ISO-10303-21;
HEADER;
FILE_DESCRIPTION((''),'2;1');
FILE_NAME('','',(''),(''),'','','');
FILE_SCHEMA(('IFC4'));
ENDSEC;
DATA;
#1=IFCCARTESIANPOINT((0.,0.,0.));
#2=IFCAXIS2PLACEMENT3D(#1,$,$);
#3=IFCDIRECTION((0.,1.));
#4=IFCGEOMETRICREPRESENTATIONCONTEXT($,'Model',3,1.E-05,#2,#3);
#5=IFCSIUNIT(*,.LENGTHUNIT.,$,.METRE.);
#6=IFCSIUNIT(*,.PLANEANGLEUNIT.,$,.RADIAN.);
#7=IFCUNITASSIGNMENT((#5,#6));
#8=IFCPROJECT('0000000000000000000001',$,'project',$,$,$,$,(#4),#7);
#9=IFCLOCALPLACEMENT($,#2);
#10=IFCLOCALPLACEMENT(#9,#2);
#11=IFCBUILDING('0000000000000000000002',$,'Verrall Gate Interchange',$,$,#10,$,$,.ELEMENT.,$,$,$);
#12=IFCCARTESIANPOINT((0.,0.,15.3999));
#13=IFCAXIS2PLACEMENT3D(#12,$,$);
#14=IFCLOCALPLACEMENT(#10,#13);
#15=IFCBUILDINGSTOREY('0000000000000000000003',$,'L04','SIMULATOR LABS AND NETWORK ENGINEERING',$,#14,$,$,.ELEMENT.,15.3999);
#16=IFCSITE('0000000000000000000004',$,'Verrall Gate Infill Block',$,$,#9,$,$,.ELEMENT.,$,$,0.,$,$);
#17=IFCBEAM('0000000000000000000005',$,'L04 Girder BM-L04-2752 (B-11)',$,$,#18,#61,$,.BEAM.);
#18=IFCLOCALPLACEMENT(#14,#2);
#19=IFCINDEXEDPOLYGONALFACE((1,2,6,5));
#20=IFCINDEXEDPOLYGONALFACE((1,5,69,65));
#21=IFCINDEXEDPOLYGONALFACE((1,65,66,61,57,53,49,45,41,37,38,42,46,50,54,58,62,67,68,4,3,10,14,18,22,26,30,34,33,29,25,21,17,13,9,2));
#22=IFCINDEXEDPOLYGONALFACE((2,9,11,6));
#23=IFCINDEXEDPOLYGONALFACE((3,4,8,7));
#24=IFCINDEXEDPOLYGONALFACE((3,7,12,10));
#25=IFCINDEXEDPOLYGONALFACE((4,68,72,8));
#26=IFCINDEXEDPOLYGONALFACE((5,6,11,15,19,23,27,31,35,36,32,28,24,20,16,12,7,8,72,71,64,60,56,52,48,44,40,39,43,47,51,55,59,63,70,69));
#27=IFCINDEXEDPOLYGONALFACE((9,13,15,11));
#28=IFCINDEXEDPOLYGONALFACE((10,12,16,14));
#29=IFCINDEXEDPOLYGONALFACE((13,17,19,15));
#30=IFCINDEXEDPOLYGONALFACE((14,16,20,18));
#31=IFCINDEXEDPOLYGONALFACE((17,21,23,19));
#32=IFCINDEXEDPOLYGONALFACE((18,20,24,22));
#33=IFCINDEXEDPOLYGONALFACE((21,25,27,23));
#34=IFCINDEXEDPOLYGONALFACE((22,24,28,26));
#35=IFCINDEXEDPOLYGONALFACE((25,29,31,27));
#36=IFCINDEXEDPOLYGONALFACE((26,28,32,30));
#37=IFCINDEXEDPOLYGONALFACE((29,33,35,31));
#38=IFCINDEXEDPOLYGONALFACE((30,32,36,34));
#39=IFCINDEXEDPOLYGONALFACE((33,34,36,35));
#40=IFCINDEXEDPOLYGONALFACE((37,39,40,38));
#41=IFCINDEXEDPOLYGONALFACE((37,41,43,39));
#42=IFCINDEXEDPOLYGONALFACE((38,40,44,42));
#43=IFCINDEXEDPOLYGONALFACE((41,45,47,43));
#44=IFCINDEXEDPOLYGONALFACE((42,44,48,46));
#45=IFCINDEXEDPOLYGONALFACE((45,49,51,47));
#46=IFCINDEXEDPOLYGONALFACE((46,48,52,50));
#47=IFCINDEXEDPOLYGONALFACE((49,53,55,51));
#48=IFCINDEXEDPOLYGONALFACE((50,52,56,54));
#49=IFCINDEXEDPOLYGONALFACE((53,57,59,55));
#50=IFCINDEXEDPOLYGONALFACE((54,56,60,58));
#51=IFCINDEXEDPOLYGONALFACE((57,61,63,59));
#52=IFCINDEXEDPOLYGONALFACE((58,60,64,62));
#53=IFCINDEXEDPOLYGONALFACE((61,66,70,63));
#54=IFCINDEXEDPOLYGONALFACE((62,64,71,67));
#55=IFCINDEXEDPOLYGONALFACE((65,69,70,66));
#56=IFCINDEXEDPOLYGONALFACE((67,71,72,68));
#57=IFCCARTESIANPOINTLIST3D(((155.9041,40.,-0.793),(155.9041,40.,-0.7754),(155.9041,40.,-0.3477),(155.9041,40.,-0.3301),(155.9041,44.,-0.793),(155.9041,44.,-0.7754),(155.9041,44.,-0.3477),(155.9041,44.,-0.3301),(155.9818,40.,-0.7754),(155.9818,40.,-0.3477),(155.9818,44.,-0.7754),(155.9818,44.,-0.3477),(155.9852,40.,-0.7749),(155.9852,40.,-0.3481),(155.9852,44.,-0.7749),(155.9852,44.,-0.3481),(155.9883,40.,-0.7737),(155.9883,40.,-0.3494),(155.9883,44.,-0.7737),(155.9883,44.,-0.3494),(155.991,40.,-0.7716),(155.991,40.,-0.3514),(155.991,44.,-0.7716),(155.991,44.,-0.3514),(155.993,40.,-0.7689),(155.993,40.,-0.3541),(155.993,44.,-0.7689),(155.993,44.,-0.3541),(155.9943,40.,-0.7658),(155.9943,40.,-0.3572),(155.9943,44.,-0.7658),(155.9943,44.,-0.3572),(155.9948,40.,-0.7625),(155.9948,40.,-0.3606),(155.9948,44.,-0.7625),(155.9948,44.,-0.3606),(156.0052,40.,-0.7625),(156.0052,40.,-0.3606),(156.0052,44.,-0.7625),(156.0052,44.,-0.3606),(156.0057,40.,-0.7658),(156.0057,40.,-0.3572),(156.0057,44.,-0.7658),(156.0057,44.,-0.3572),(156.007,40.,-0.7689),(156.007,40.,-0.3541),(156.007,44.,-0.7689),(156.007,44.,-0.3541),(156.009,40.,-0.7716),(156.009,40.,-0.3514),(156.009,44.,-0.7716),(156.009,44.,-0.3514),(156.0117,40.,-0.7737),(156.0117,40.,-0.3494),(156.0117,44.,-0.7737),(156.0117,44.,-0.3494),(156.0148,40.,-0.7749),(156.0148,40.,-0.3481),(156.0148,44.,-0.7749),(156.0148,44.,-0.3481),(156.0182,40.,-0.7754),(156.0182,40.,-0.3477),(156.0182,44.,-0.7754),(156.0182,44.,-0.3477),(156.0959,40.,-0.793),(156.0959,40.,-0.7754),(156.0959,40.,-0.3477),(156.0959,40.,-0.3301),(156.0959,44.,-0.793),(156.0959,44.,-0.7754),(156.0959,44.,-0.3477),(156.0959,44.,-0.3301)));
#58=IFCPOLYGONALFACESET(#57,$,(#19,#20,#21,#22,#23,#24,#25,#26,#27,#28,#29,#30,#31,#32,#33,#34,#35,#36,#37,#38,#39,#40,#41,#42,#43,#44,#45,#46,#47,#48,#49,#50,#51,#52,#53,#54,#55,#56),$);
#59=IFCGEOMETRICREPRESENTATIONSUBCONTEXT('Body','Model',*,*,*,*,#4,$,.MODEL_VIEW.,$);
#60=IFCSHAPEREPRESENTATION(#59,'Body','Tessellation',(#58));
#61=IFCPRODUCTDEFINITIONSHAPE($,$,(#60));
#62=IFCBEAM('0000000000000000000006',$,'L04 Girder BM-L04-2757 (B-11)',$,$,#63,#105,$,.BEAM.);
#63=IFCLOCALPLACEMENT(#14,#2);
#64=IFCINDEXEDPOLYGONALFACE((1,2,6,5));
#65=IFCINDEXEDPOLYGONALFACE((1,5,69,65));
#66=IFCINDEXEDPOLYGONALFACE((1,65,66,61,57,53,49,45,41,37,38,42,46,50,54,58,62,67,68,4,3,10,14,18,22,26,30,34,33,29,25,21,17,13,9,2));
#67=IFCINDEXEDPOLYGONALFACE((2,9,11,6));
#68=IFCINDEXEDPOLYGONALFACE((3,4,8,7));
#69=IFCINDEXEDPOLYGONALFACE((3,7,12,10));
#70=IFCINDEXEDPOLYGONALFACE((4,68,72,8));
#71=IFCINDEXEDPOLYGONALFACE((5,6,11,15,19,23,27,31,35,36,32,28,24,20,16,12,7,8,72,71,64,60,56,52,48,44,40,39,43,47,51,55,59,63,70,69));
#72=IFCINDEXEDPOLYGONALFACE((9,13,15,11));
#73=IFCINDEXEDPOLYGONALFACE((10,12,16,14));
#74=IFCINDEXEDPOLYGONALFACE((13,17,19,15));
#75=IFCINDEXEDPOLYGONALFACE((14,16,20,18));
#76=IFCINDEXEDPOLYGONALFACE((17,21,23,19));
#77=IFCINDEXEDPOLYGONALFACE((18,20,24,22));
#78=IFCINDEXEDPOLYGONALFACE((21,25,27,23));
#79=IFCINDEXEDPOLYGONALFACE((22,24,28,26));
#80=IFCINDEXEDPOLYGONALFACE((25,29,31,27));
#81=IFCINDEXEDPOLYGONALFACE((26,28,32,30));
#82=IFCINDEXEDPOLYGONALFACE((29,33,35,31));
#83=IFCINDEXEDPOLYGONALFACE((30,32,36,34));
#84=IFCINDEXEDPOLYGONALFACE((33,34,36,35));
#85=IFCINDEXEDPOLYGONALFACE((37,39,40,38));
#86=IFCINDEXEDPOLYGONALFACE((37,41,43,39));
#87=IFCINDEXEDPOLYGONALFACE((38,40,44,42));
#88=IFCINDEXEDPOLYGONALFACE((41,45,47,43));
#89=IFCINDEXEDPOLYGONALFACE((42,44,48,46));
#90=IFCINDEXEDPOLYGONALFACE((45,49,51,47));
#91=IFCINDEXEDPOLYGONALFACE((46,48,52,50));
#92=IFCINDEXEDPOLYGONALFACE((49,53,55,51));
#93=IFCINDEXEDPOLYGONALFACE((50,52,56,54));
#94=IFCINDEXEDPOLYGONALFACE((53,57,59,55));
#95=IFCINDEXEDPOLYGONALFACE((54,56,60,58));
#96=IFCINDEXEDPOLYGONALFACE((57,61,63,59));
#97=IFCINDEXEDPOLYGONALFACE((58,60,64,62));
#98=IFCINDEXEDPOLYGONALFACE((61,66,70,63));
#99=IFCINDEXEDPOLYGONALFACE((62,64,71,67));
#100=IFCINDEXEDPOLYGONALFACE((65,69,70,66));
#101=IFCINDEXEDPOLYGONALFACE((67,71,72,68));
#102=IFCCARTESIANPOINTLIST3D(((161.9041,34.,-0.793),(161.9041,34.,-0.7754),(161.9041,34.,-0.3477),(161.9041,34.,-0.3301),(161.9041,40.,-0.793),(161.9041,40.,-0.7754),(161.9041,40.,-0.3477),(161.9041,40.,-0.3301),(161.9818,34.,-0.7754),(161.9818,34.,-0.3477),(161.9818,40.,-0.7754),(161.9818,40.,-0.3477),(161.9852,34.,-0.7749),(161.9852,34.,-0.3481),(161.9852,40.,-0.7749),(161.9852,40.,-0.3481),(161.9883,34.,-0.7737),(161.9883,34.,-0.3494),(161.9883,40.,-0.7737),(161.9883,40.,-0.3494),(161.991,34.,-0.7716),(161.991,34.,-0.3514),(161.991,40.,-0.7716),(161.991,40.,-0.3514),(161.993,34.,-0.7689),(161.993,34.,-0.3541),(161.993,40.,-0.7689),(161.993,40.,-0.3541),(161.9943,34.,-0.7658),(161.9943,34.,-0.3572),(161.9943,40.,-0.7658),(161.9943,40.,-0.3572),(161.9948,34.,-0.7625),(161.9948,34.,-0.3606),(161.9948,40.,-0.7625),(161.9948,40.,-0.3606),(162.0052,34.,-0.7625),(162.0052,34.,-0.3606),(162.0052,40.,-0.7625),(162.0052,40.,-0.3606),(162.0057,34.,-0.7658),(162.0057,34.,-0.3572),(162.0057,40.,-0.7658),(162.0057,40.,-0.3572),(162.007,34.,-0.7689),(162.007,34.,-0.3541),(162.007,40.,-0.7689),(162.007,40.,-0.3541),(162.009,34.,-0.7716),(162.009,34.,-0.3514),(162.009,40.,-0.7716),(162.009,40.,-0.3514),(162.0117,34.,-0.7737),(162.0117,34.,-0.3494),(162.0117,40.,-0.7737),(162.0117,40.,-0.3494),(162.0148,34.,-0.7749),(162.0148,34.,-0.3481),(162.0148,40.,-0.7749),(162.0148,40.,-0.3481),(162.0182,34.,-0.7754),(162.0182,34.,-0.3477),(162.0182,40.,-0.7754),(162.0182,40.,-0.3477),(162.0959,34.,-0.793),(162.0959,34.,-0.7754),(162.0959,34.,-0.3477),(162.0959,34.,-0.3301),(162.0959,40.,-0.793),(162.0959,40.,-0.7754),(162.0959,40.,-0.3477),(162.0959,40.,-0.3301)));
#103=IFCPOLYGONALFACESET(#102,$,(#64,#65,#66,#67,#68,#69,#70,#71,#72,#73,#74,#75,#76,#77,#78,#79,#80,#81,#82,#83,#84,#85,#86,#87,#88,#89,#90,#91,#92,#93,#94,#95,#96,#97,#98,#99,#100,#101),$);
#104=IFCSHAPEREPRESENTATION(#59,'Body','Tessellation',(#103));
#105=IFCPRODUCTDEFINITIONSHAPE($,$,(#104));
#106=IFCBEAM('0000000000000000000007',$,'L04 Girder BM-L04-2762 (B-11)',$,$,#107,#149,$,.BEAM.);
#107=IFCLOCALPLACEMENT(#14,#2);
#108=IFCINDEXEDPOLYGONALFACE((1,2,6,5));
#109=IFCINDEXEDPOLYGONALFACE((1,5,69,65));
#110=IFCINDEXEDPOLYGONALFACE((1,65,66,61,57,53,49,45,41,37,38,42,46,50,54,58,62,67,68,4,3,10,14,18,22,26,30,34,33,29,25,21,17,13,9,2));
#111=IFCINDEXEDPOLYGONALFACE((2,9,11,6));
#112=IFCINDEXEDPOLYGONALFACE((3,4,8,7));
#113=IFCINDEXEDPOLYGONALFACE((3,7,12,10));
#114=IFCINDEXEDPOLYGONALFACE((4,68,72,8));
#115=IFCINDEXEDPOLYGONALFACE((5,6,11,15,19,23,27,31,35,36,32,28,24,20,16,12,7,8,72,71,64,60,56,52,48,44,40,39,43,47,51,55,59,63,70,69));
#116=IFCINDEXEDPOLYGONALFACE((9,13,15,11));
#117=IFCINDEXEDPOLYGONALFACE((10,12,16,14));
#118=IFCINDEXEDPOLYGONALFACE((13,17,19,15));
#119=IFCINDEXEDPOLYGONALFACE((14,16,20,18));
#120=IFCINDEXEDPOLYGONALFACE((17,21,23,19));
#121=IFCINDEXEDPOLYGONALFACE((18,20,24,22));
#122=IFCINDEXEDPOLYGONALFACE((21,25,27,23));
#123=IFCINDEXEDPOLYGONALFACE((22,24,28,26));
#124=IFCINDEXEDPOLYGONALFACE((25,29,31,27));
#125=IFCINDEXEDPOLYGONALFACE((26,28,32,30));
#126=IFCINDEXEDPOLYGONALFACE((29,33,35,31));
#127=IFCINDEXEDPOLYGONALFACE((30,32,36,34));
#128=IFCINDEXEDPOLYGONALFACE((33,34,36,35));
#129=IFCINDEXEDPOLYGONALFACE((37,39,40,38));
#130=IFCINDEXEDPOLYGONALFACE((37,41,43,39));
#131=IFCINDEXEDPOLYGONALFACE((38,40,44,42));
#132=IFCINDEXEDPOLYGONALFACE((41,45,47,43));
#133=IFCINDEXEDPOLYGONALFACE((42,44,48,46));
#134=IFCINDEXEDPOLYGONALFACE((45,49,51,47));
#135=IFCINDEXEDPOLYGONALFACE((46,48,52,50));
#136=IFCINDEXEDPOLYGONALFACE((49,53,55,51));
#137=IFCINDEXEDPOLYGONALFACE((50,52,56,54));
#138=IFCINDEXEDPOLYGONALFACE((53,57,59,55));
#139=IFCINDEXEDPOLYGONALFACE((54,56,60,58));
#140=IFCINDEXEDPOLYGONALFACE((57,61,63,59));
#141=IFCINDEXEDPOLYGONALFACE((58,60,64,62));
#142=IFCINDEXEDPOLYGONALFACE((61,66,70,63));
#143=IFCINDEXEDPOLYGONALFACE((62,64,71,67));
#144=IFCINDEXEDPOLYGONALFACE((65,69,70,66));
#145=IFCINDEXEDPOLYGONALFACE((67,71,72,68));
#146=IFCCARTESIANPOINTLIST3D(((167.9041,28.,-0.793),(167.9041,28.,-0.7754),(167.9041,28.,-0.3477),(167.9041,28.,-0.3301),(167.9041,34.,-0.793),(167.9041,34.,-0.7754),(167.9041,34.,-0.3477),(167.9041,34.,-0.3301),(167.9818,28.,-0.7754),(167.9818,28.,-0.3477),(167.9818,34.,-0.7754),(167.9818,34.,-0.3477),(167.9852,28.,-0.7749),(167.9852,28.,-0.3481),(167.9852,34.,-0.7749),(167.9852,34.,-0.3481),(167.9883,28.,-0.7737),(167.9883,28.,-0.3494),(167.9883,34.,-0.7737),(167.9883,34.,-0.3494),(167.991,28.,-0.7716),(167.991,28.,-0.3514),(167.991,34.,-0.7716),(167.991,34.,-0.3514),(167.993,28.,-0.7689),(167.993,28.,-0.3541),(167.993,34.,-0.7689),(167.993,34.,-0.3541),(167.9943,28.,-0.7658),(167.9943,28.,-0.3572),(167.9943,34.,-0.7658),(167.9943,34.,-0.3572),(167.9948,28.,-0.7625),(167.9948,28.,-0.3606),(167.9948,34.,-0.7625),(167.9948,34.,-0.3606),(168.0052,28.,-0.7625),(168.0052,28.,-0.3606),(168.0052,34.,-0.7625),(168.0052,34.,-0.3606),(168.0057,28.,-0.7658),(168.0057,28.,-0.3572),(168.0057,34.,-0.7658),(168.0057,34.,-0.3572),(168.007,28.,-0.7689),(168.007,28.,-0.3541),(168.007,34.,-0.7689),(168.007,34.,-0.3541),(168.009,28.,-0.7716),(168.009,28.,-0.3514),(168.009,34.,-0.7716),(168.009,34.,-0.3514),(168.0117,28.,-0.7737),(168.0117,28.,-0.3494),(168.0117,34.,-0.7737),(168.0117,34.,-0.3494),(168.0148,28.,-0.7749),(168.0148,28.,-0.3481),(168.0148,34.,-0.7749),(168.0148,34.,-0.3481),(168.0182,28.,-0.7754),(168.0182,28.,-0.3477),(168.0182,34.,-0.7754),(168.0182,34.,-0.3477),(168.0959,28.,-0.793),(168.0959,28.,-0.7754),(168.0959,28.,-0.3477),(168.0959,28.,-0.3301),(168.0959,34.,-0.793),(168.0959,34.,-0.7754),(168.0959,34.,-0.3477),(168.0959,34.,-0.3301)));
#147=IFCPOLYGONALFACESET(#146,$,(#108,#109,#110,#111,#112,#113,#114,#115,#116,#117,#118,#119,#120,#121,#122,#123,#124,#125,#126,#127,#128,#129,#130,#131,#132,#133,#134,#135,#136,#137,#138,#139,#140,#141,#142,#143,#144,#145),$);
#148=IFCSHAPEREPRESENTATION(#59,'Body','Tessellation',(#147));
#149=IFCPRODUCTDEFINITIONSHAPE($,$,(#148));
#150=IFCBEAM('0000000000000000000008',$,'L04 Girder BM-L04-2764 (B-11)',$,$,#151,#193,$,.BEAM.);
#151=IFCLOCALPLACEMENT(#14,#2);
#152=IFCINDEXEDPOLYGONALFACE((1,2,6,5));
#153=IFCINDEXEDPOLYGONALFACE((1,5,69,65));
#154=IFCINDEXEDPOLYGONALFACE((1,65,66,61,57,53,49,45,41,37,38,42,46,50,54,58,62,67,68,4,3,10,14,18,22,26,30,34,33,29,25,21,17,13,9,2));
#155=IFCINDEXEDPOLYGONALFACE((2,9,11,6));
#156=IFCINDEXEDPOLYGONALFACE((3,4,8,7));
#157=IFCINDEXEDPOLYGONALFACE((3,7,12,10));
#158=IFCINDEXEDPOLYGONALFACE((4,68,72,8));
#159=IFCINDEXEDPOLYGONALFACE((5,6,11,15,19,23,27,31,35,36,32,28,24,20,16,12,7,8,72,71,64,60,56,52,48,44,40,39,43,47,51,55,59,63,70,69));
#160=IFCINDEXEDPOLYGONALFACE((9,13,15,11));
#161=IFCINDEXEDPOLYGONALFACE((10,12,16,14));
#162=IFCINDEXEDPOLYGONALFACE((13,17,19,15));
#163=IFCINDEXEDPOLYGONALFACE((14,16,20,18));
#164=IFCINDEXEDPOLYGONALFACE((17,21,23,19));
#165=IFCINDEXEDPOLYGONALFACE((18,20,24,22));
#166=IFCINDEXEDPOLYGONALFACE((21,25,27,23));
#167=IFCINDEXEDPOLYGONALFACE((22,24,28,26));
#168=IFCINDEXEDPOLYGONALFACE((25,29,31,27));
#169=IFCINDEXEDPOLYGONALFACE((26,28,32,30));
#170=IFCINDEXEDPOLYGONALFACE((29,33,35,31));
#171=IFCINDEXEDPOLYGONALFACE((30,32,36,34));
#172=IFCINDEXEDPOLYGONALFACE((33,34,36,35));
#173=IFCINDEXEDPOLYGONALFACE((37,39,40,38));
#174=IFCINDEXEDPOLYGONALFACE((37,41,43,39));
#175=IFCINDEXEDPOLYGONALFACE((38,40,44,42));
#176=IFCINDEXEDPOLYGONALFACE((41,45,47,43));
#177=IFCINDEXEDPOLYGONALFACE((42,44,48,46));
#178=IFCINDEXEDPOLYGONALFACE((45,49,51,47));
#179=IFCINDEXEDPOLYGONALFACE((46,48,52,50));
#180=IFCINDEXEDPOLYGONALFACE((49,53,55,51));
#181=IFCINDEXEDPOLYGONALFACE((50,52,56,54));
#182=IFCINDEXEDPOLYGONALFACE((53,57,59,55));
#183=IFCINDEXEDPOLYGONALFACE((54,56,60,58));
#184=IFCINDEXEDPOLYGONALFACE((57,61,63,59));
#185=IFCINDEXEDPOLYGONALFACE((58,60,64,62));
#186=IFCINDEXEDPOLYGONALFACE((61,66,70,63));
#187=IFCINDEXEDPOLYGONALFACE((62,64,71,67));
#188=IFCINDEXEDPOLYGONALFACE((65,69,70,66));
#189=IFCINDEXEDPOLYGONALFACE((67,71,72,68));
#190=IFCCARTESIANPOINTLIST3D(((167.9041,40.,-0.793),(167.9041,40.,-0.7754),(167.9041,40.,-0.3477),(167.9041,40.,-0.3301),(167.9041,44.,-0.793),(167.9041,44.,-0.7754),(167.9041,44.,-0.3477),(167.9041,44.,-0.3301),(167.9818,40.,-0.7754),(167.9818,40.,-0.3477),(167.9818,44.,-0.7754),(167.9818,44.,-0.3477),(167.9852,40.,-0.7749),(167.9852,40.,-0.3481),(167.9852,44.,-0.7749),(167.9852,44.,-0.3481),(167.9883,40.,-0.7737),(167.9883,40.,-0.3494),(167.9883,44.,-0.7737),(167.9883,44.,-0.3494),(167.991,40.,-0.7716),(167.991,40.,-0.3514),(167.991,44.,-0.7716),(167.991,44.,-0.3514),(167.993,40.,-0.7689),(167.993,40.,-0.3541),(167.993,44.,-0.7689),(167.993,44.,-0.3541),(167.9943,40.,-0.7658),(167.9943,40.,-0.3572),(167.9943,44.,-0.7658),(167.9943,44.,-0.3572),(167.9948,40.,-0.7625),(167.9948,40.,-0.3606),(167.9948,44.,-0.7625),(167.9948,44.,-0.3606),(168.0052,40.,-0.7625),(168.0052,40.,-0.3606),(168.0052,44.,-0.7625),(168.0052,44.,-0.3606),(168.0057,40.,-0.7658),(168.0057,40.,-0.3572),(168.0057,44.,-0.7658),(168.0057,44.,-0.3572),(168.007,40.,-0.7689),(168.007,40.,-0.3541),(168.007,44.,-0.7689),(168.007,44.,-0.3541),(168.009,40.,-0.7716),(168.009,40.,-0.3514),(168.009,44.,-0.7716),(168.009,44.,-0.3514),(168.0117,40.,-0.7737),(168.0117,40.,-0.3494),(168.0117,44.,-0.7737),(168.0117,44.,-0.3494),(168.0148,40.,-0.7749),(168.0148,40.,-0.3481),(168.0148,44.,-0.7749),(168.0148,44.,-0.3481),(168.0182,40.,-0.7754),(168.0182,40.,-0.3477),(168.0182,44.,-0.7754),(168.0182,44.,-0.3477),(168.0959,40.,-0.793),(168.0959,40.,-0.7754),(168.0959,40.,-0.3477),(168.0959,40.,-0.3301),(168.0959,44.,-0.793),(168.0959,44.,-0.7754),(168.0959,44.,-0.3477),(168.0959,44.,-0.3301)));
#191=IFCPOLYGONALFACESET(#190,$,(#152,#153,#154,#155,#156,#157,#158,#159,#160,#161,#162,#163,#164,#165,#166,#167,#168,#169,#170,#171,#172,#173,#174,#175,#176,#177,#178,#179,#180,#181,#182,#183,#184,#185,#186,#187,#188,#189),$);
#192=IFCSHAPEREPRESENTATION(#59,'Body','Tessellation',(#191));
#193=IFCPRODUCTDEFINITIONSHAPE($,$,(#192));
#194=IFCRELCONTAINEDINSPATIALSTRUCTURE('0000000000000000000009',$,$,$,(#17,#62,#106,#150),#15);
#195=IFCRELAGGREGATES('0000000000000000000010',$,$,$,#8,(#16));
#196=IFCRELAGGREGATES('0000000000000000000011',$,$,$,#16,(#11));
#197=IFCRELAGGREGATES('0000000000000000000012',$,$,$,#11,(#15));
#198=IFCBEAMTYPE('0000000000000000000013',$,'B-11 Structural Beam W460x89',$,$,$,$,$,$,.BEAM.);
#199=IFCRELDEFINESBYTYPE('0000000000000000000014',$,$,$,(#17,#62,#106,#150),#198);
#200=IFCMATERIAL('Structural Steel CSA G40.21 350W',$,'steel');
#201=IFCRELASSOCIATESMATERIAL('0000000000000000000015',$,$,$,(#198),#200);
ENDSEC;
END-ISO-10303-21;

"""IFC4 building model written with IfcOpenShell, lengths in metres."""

from ifc_helpers import new_model, si_unit, direction, frame, origin, origin_2d, place, context, subcontext, project, spatial, i_section, extrude, material, material_profile, profile_set, type_object, element, save


model = new_model("IFC4")

# Units and contexts
model_context = context("Model", 3, precision=1e-05, world=origin(), true_north=direction((0.0, 1.0)))
body_context = subcontext(model_context, "Body", "Model", "MODEL_VIEW")
ifc_project = project(units=[si_unit("LENGTHUNIT", "METRE"), si_unit("PLANEANGLEUNIT", "RADIAN")], contexts=[model_context])

# Site, building, storey
site_placement = place(None, origin())
site = spatial("IfcSite", under=ifc_project, at=site_placement, Name="Verrall Gate Infill Block", CompositionType="ELEMENT", RefElevation=0.0)
building_placement = place(site_placement, origin())
building = spatial("IfcBuilding", under=site, at=building_placement, Name="Verrall Gate Interchange", CompositionType="ELEMENT")
storey_placement = place(building_placement, frame((0.0, 0.0, 15.3999)))
storey = spatial("IfcBuildingStorey", under=building, at=storey_placement, Name="L04", Description="SIMULATOR LABS AND NETWORK ENGINEERING", CompositionType="ELEMENT", Elevation=15.3999)

# Beams
ifc_material_1 = material(Name="Structural Steel CSA G40.21 350W", Category="steel")
ifc_material_profile_1 = material_profile(ifc_material_1, i_section(OverallWidth=0.1919, OverallDepth=0.4629, WebThickness=0.0105, FlangeThickness=0.0176, FilletRadius=0.0129, at=origin_2d()), Name="W460x89")
ifc_profile_set_1 = profile_set([ifc_material_profile_1], Name="Structural Steel CSA G40.21 350W")
beam_type_1 = type_object("IfcBeamType", Name="B-11 Structural Beam W460x89", PredefinedType="BEAM", material=ifc_profile_set_1)
beam_1_placement = place(storey_placement, frame((156.0, 40.0, -0.5615), z_axis=(0.0, 1.0, 0.0), x_axis=(-1.0, 0.0, 0.0)))
element("IfcBeam", 1, at=beam_1_placement, inside=storey, type_object=beam_type_1, Name="L04 Girder BM-L04-2752 (B-11)", PredefinedType="BEAM", context=body_context, shape_type="SweptSolid", body=[
    extrude(i_section(OverallWidth=0.1919, OverallDepth=0.4629, WebThickness=0.0105, FlangeThickness=0.0176, FilletRadius=0.0129, at=origin_2d()), origin(), (0.0, 0.0, 1.0), 4.0),
])
for number, where, z_axis, x_axis, name in (
    (2, (162.0, 34.0, -0.5615), (0.0, 1.0, 0.0), (-1.0, 0.0, 0.0), "L04 Girder BM-L04-2757 (B-11)"),
    (3, (168.0, 28.0, -0.5615), (0.0, 1.0, 0.0), (-1.0, 0.0, 0.0), "L04 Girder BM-L04-2762 (B-11)"),
):
    element("IfcBeam", number, at=place(storey_placement, frame(where, z_axis=z_axis, x_axis=x_axis)), inside=storey, type_object=beam_type_1, Name=name, PredefinedType="BEAM", context=body_context, shape_type="SweptSolid", body=[
        extrude(i_section(OverallWidth=0.1919, OverallDepth=0.4629, WebThickness=0.0105, FlangeThickness=0.0176, FilletRadius=0.0129, at=origin_2d()), origin(), (0.0, 0.0, 1.0), 6.0),
    ])
beam_2_placement = place(storey_placement, frame((168.0, 40.0, -0.5615), z_axis=(0.0, 1.0, 0.0), x_axis=(-1.0, 0.0, 0.0)))
element("IfcBeam", 4, at=beam_2_placement, inside=storey, type_object=beam_type_1, Name="L04 Girder BM-L04-2764 (B-11)", PredefinedType="BEAM", context=body_context, shape_type="SweptSolid", body=[
    extrude(i_section(OverallWidth=0.1919, OverallDepth=0.4629, WebThickness=0.0105, FlangeThickness=0.0176, FilletRadius=0.0129, at=origin_2d()), origin(), (0.0, 0.0, 1.0), 4.0),
])

save(model, "model.ifc")
